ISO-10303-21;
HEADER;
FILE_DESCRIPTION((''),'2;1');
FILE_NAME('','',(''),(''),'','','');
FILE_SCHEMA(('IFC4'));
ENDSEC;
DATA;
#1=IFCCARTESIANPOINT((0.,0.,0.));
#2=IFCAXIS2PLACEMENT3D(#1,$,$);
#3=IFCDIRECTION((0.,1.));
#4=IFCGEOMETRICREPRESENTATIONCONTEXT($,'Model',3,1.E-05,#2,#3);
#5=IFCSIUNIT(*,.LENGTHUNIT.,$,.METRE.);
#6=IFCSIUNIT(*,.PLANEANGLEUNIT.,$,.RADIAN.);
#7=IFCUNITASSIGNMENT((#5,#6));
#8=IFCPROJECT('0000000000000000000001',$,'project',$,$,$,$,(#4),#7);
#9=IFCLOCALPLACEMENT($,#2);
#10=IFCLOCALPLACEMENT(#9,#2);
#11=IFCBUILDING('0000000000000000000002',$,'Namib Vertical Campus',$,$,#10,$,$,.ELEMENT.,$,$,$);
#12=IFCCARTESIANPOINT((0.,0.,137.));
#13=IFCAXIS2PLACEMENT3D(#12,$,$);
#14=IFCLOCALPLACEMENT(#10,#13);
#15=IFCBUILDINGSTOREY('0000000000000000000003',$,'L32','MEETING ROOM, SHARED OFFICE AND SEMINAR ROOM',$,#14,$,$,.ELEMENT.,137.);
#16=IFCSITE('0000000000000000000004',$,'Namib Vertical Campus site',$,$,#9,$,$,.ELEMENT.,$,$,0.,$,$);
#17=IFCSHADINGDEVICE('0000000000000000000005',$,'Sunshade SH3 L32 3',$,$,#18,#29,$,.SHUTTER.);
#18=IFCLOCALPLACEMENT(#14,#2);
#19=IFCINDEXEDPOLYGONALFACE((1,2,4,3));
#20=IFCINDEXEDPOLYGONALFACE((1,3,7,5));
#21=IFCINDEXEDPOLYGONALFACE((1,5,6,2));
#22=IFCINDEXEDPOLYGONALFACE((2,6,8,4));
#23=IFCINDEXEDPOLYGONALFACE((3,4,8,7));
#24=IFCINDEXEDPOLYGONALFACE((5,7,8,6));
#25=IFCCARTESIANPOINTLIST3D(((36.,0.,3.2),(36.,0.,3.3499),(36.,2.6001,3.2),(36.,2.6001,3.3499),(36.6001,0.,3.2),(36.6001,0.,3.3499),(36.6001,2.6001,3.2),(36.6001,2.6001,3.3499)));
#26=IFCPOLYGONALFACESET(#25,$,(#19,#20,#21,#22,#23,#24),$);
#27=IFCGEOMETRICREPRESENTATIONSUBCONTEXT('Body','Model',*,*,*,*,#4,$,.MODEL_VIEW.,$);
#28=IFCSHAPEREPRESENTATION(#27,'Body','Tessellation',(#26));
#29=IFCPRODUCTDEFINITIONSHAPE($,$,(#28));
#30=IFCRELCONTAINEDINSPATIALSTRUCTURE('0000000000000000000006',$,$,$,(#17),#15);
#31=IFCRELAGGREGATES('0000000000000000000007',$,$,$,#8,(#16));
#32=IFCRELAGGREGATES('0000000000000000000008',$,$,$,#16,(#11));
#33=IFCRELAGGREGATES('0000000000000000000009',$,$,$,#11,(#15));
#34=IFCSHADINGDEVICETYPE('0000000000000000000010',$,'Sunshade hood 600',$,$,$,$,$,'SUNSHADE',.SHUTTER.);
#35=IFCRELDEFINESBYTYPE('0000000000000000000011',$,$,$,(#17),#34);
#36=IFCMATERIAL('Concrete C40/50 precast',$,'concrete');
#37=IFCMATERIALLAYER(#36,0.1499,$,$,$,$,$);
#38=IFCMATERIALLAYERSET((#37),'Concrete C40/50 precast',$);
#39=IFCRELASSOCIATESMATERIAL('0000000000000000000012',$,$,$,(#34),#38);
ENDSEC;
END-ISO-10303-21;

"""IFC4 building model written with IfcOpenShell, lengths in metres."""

from ifc_helpers import new_model, si_unit, direction, frame, origin, origin_2d, place, context, subcontext, project, spatial, rectangle, extrude, material, layer, layer_set, type_object, element, save


model = new_model("IFC4")

# Units and contexts
model_context = context("Model", 3, precision=1e-05, world=origin(), true_north=direction((0.0, 1.0)))
body_context = subcontext(model_context, "Body", "Model", "MODEL_VIEW")
ifc_project = project(units=[si_unit("LENGTHUNIT", "METRE"), si_unit("PLANEANGLEUNIT", "RADIAN")], contexts=[model_context])

# Site, building, storey
site_placement = place(None, origin())
site = spatial("IfcSite", under=ifc_project, at=site_placement, Name="Namib Vertical Campus site", CompositionType="ELEMENT", RefElevation=0.0)
building_placement = place(site_placement, origin())
building = spatial("IfcBuilding", under=site, at=building_placement, Name="Namib Vertical Campus", CompositionType="ELEMENT")
storey_placement = place(building_placement, frame((0.0, 0.0, 137.0)))
storey = spatial("IfcBuildingStorey", under=building, at=storey_placement, Name="L32", Description="MEETING ROOM, SHARED OFFICE AND SEMINAR ROOM", CompositionType="ELEMENT", Elevation=137.0)

# Shading device
ifc_material_1 = material(Name="Concrete C40/50 precast", Category="concrete")
ifc_layer_1 = layer(ifc_material_1, 0.1499)
ifc_layer_set_1 = layer_set([ifc_layer_1], Name="Concrete C40/50 precast")
shading_device_type = type_object("IfcShadingDeviceType", Name="Sunshade hood 600", ElementType="SUNSHADE", PredefinedType="SHUTTER", material=ifc_layer_set_1)
shading_device_placement = place(storey_placement, frame((36.3, 1.3, 3.2), z_axis=(0.0, 0.0, 1.0), x_axis=(0.0, 1.0, 0.0)))
element("IfcShadingDevice", 1, at=shading_device_placement, inside=storey, type_object=shading_device_type, Name="Sunshade SH3 L32 3", PredefinedType="SHUTTER", context=body_context, shape_type="SweptSolid", body=[
    extrude(rectangle(XDim=2.6001, YDim=0.6001, at=origin_2d()), origin(), (0.0, 0.0, 1.0), 0.1499),
])

save(model, "model.ifc")
